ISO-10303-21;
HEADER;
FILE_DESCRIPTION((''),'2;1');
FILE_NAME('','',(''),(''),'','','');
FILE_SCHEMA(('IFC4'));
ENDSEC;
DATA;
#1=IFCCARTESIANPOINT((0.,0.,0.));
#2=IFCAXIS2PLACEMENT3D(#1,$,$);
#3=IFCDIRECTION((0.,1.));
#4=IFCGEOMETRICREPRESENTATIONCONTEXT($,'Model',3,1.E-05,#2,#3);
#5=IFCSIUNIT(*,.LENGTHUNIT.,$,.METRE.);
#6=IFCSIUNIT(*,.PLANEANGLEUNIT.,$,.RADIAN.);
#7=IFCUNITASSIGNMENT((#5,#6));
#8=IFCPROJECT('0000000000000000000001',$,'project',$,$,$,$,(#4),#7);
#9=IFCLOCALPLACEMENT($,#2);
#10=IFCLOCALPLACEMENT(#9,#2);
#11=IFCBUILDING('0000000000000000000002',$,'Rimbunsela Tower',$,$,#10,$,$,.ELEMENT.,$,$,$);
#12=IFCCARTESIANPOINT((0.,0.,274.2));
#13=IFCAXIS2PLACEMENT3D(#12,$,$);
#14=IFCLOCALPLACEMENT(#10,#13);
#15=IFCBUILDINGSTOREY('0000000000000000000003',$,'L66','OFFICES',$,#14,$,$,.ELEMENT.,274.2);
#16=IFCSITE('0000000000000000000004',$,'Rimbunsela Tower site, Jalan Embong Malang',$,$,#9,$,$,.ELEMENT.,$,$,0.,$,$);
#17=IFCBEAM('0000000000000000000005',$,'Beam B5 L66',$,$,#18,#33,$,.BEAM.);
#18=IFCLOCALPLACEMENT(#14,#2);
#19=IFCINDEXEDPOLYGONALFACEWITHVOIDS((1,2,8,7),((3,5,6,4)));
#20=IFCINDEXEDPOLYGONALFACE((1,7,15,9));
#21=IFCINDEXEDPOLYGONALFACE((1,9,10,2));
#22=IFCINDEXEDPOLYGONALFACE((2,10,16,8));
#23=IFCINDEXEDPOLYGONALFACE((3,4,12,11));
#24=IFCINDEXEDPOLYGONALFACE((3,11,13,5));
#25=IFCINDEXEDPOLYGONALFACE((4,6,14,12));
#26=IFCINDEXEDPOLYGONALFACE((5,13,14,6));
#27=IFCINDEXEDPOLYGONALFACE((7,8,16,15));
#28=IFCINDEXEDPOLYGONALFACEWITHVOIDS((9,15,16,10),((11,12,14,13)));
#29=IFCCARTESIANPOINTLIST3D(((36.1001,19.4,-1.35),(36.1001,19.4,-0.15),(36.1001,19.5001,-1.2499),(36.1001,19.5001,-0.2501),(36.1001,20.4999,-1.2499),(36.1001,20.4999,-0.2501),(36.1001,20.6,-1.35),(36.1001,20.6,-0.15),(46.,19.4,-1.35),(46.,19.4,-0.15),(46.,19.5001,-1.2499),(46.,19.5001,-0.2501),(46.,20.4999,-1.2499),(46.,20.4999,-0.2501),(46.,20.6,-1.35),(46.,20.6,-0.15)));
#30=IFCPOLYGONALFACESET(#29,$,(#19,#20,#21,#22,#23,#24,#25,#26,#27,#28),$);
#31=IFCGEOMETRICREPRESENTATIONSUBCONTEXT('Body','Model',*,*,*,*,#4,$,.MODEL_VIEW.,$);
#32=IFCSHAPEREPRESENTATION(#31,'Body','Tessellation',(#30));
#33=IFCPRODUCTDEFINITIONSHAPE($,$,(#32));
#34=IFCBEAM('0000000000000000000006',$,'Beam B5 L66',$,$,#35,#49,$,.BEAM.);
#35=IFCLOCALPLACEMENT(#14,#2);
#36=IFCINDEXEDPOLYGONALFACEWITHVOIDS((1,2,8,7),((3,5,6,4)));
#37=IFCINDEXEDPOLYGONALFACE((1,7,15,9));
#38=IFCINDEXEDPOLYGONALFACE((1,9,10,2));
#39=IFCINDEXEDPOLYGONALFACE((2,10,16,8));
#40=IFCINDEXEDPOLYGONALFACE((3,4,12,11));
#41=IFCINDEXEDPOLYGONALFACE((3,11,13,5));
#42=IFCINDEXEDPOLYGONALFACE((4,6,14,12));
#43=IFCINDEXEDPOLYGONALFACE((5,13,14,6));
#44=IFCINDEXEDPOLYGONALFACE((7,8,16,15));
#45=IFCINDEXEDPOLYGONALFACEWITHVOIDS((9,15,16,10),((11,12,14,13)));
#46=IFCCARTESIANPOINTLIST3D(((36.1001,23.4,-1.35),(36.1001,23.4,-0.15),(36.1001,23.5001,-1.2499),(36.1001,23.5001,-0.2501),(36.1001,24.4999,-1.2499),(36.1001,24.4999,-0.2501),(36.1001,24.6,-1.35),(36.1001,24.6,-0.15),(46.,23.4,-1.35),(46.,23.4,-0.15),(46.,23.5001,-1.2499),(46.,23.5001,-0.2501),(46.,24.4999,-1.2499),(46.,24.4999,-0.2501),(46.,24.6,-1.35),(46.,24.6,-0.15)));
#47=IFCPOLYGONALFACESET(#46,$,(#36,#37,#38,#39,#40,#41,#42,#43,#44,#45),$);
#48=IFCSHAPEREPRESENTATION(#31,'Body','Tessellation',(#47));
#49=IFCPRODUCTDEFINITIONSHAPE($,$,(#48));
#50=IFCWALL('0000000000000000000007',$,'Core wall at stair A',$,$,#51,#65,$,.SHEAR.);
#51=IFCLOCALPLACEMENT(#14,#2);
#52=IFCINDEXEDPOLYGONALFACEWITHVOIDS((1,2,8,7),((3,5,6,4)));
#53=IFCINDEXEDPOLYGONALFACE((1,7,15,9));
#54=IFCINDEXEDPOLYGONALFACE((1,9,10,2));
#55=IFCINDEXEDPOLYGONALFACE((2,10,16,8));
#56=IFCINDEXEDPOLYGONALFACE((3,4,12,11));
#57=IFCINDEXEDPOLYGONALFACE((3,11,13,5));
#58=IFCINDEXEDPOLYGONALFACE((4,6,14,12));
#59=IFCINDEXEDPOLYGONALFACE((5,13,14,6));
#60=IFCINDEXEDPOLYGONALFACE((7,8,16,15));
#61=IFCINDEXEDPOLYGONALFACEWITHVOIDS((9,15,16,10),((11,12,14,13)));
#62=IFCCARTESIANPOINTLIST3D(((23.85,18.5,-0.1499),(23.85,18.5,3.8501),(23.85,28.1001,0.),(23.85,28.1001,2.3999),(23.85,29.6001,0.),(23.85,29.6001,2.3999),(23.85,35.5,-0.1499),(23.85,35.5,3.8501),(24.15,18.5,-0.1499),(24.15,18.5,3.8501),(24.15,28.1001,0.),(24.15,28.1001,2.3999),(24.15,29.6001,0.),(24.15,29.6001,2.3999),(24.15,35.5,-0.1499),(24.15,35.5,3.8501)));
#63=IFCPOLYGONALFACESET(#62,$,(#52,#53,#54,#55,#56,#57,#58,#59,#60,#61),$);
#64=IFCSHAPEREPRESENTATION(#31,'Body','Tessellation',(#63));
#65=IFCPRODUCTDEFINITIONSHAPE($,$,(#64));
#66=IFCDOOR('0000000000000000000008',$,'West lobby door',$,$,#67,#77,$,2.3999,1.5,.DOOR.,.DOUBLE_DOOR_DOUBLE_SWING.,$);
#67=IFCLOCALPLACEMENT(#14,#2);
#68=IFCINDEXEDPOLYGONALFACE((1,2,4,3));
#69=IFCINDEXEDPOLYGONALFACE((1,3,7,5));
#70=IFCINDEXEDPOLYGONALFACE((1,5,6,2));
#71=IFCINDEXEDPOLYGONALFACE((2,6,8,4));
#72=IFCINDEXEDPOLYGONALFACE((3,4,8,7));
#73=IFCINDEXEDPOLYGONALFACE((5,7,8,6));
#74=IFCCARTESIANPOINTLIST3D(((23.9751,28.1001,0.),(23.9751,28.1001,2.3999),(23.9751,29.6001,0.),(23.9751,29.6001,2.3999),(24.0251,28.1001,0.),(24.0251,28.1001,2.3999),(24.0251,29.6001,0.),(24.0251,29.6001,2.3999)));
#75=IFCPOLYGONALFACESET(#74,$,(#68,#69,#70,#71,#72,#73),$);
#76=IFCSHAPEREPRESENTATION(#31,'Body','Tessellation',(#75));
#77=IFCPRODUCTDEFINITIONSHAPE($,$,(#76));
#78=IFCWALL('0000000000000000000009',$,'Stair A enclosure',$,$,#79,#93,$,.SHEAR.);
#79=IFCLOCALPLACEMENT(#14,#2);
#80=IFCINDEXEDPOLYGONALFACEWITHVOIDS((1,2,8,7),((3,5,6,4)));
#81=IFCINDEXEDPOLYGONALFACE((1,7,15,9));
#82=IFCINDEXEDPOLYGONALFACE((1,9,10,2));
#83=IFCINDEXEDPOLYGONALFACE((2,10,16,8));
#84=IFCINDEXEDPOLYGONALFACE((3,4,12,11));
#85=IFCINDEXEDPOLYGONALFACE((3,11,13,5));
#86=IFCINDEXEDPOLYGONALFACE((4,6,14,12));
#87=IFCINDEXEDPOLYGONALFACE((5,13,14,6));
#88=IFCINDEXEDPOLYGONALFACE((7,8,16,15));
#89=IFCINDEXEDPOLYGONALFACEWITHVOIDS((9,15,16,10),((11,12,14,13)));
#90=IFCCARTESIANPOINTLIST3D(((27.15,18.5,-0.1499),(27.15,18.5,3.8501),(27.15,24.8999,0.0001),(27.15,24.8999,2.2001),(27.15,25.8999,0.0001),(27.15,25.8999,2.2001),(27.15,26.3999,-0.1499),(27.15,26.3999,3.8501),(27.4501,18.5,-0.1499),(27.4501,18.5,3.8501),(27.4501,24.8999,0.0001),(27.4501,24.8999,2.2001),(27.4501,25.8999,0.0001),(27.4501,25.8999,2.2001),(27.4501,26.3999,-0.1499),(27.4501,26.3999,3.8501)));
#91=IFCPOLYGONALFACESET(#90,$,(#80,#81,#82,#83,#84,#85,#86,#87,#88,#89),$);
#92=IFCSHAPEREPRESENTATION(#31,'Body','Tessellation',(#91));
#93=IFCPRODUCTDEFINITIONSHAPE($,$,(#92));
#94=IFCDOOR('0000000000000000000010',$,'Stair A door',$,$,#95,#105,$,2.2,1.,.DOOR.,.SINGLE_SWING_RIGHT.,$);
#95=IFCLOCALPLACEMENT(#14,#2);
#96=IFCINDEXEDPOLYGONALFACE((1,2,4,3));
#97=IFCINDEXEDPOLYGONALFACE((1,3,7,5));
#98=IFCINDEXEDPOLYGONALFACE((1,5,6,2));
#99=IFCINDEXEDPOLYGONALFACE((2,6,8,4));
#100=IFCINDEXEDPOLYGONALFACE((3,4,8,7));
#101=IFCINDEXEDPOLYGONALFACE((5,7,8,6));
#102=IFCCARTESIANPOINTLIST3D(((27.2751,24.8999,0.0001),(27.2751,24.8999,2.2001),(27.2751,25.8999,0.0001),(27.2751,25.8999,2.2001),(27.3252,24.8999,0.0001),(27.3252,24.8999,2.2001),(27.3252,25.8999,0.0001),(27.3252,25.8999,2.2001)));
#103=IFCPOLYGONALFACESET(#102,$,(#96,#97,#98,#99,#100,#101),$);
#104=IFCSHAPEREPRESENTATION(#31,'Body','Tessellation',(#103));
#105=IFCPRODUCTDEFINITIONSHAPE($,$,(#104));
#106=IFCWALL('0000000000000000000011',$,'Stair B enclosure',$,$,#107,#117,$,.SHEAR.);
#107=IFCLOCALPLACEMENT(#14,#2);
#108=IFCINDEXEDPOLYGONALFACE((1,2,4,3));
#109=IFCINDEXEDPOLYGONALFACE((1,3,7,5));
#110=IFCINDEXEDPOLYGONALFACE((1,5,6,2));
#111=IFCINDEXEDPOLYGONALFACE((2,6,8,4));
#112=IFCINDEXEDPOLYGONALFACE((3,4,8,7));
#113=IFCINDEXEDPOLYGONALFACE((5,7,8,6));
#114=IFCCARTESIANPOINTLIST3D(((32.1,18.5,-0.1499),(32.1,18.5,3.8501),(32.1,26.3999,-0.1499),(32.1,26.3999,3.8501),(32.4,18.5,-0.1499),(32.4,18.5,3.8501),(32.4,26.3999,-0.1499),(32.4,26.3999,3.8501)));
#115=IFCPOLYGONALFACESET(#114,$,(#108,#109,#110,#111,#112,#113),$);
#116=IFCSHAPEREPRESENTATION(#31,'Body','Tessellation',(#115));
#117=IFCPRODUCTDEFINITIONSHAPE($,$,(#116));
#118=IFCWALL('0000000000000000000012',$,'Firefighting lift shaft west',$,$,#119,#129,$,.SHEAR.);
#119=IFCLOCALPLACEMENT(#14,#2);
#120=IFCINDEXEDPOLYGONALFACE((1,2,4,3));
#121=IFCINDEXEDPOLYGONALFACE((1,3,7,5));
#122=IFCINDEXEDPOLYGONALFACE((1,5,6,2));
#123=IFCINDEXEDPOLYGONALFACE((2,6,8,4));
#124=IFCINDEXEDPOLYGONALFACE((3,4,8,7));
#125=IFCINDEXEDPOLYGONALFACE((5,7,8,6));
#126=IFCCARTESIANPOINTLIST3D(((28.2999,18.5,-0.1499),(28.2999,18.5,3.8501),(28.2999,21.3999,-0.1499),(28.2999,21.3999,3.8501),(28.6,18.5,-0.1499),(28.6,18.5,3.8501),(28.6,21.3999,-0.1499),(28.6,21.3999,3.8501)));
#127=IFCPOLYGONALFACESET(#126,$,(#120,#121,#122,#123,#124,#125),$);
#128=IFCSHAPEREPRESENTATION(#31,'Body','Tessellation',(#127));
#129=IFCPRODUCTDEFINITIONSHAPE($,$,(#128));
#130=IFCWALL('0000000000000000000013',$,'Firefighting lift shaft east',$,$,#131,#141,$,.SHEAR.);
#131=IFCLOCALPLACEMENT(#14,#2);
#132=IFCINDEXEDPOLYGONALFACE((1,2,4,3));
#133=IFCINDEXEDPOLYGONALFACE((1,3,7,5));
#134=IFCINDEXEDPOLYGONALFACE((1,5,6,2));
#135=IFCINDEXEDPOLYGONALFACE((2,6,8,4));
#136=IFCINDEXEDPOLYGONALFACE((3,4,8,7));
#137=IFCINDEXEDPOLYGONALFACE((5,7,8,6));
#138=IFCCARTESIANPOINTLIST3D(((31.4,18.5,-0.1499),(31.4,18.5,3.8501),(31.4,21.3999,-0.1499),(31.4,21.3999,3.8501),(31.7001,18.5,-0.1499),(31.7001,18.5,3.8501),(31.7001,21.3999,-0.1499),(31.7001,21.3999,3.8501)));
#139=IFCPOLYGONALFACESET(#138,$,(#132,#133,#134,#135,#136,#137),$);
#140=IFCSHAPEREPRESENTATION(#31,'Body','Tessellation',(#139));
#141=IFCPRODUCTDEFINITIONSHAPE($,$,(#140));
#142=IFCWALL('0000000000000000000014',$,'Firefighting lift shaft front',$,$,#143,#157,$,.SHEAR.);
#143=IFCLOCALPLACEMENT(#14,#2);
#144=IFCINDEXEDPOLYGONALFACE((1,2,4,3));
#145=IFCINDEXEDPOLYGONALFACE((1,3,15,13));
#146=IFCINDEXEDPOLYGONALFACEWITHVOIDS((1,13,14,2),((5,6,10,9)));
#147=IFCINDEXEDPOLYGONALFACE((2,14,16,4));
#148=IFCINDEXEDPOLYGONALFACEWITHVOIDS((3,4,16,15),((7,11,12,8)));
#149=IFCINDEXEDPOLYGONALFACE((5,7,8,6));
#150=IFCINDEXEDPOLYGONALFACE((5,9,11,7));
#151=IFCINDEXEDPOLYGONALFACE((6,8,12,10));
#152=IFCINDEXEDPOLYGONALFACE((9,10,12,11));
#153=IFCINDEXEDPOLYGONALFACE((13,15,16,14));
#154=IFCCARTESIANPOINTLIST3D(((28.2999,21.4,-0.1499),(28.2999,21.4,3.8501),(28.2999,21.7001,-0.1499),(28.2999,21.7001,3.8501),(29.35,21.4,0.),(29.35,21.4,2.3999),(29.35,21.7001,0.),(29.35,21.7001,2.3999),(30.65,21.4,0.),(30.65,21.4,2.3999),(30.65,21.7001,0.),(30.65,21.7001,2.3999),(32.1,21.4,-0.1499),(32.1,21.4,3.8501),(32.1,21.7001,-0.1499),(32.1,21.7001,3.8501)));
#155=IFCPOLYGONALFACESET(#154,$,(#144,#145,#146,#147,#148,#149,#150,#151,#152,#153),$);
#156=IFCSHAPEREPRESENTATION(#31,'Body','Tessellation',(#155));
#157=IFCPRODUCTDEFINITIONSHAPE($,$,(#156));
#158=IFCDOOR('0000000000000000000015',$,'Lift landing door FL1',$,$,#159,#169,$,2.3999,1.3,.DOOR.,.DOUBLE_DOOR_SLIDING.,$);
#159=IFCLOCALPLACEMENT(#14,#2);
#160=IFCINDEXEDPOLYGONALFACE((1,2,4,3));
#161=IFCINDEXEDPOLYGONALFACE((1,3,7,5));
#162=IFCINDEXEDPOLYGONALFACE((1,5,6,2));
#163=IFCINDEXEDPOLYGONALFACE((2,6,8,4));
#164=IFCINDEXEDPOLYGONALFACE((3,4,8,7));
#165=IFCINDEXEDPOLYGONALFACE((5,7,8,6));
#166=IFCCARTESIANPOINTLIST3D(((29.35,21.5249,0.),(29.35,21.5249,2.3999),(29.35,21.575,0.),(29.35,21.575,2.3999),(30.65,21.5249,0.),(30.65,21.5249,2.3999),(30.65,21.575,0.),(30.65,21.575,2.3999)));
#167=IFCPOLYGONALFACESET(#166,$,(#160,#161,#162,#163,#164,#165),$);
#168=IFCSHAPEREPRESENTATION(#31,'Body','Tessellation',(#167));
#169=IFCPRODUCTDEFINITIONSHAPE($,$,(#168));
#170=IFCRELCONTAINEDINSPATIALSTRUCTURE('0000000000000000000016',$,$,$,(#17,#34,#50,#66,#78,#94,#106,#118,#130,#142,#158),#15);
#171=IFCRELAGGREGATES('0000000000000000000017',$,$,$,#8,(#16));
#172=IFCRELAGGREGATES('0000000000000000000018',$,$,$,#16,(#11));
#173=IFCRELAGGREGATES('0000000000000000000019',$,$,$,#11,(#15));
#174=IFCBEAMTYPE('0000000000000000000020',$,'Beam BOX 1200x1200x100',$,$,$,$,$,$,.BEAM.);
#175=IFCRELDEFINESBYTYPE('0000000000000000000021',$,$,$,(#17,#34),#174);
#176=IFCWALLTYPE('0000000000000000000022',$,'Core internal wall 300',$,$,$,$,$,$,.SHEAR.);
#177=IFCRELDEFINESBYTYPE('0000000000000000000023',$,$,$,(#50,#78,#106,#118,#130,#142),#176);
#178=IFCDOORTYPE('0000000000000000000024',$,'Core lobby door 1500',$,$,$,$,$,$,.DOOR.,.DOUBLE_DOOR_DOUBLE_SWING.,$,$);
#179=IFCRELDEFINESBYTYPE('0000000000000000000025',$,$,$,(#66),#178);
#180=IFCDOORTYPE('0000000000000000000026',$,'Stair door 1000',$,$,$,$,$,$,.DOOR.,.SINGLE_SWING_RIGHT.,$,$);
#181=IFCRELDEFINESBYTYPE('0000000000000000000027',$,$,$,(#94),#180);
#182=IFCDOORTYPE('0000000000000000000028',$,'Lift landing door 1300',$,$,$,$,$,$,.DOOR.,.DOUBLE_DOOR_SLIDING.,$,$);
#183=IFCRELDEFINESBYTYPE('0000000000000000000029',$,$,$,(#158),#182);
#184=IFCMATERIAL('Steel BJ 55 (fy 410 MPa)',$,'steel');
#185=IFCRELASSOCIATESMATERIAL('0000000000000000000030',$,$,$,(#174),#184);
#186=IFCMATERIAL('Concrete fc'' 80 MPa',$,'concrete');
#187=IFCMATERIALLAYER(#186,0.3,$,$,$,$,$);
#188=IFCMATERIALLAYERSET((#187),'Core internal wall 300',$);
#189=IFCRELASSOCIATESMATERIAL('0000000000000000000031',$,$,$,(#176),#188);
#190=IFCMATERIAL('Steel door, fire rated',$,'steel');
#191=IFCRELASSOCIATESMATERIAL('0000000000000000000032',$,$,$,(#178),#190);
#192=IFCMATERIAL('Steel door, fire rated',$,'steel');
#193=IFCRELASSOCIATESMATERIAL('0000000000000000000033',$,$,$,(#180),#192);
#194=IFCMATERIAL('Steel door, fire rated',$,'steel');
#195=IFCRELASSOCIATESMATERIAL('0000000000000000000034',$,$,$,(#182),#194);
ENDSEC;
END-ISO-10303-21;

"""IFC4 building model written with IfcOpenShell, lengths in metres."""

from ifc_helpers import new_model, si_unit, direction, frame, frame_2d, origin, origin_2d, place, context, subcontext, project, spatial, rectangle, hollow_rectangle, extrude, material, layer, layer_set, material_profile, profile_set, type_object, element, fill, save


model = new_model("IFC4")

# Units and contexts
model_context = context("Model", 3, precision=1e-05, world=origin(), true_north=direction((0.0, 1.0)))
body_context = subcontext(model_context, "Body", "Model", "MODEL_VIEW")
ifc_project = project(units=[si_unit("LENGTHUNIT", "METRE"), si_unit("PLANEANGLEUNIT", "RADIAN")], contexts=[model_context])

# Site, building, storey
site_placement = place(None, origin())
site = spatial("IfcSite", under=ifc_project, at=site_placement, Name="Rimbunsela Tower site, Jalan Embong Malang", CompositionType="ELEMENT", RefElevation=0.0)
building_placement = place(site_placement, origin())
building = spatial("IfcBuilding", under=site, at=building_placement, Name="Rimbunsela Tower", CompositionType="ELEMENT")
storey_placement = place(building_placement, frame((0.0, 0.0, 274.2)))
storey = spatial("IfcBuildingStorey", under=building, at=storey_placement, Name="L66", Description="OFFICES", CompositionType="ELEMENT", Elevation=274.2)

# Beams
ifc_material_1 = material(Name="Steel BJ 55 (fy 410 MPa)", Category="steel")
ifc_material_profile = material_profile(ifc_material_1, hollow_rectangle(XDim=1.2, YDim=1.2, WallThickness=0.1001, at=origin_2d()), Name="BOX 1200x1200x100")
ifc_profile_set = profile_set([ifc_material_profile], Name="Steel BJ 55 (fy 410 MPa)")
beam_type = type_object("IfcBeamType", Name="Beam BOX 1200x1200x100", PredefinedType="BEAM", material=ifc_profile_set)
for number, where, z_axis, x_axis, name in (
    (1, (36.1001, 20.0, -0.75), (1.0, 0.0, 0.0), (0.0, 1.0, 0.0), "Beam B5 L66"),
    (2, (36.1001, 24.0, -0.75), (1.0, 0.0, 0.0), (0.0, 1.0, 0.0), "Beam B5 L66"),
):
    element("IfcBeam", number, at=place(storey_placement, frame(where, z_axis=z_axis, x_axis=x_axis)), inside=storey, type_object=beam_type, Name=name, PredefinedType="BEAM", context=body_context, shape_type="SweptSolid", body=[
        extrude(hollow_rectangle(XDim=1.2, YDim=1.2, WallThickness=0.1001, at=origin_2d()), origin(), (0.0, 0.0, 1.0), 9.8999),
    ])

# Walls, openings, doors
ifc_material_2 = material(Name="Concrete fc' 80 MPa", Category="concrete")
ifc_layer_1 = layer(ifc_material_2, 0.3)
ifc_layer_set_1 = layer_set([ifc_layer_1], Name="Core internal wall 300")
wall_type_1 = type_object("IfcWallType", Name="Core internal wall 300", PredefinedType="SHEAR", material=ifc_layer_set_1)
wall_1_placement = place(storey_placement, frame((24.0, 18.5, -0.1499), z_axis=(0.0, 0.0, 1.0), x_axis=(0.0, 1.0, 0.0)))
wall_1 = element("IfcWall", 3, at=wall_1_placement, inside=storey, type_object=wall_type_1, Name="Core wall at stair A", PredefinedType="SHEAR", context=body_context, shape_type="SweptSolid", body=[
    extrude(rectangle(XDim=17.0, YDim=0.3, at=frame_2d((8.5, 0.0))), origin(), (0.0, 0.0, 1.0), 4.0),
])
opening_1_placement = place(wall_1_placement, frame((9.6001, 0.0, 0.1499)))
opening_1 = element("IfcOpeningElement", 4, at=opening_1_placement, cuts=wall_1, PredefinedType="OPENING", context=body_context, shape_type="SweptSolid", body=[
    extrude(rectangle(XDim=1.5, YDim=2.3999, at=frame_2d((0.75, 1.2))), frame((0.0, 0.1599, 0.0), z_axis=(0.0, -1.0, 0.0), x_axis=(1.0, 0.0, 0.0)), (0.0, 0.0, 1.0), 0.3201),
])
ifc_material_3 = material(Name="Steel door, fire rated", Category="steel")
door_type_1 = type_object("IfcDoorType", Name="Core lobby door 1500", OperationType="DOUBLE_DOOR_DOUBLE_SWING", PredefinedType="DOOR", material=ifc_material_3)
door_1_placement = place(opening_1_placement, origin())
door_1 = element("IfcDoor", 5, at=door_1_placement, inside=storey, type_object=door_type_1, Name="West lobby door", OperationType="DOUBLE_DOOR_DOUBLE_SWING", OverallHeight=2.3999, OverallWidth=1.5, PredefinedType="DOOR", context=body_context, shape_type="SweptSolid", body=[
    extrude(rectangle(XDim=1.5, YDim=2.3999, at=frame_2d((0.75, 1.2))), frame((0.0, 0.0249, 0.0), z_axis=(0.0, -1.0, 0.0), x_axis=(1.0, 0.0, 0.0)), (0.0, 0.0, 1.0), 0.05),
])
fill(opening_1, door_1)
wall_2_placement = place(storey_placement, frame((27.3, 18.5, -0.1499), z_axis=(0.0, 0.0, 1.0), x_axis=(0.0, 1.0, 0.0)))
wall_2 = element("IfcWall", 6, at=wall_2_placement, inside=storey, type_object=wall_type_1, Name="Stair A enclosure", PredefinedType="SHEAR", context=body_context, shape_type="SweptSolid", body=[
    extrude(rectangle(XDim=7.8999, YDim=0.3, at=frame_2d((3.95, 0.0))), origin(), (0.0, 0.0, 1.0), 4.0),
])
opening_2_placement = place(wall_2_placement, frame((6.3999, 0.0, 0.1499)))
opening_2 = element("IfcOpeningElement", 7, at=opening_2_placement, cuts=wall_2, PredefinedType="OPENING", context=body_context, shape_type="SweptSolid", body=[
    extrude(rectangle(XDim=1.0, YDim=2.2, at=frame_2d((0.5, 1.1001))), frame((0.0, 0.1599, 0.0), z_axis=(0.0, -1.0, 0.0), x_axis=(1.0, 0.0, 0.0)), (0.0, 0.0, 1.0), 0.3201),
])
ifc_material_4 = material(Name="Steel door, fire rated", Category="steel")
door_type_2 = type_object("IfcDoorType", Name="Stair door 1000", OperationType="SINGLE_SWING_RIGHT", PredefinedType="DOOR", material=ifc_material_4)
door_2_placement = place(opening_2_placement, origin())
door_2 = element("IfcDoor", 8, at=door_2_placement, inside=storey, type_object=door_type_2, Name="Stair A door", OperationType="SINGLE_SWING_RIGHT", OverallHeight=2.2, OverallWidth=1.0, PredefinedType="DOOR", context=body_context, shape_type="SweptSolid", body=[
    extrude(rectangle(XDim=1.0, YDim=2.2, at=frame_2d((0.5, 1.1001))), frame((0.0, 0.0249, 0.0), z_axis=(0.0, -1.0, 0.0), x_axis=(1.0, 0.0, 0.0)), (0.0, 0.0, 1.0), 0.05),
])
fill(opening_2, door_2)

# Walls
wall_3_placement = place(storey_placement, frame((32.25, 18.5, -0.1499), z_axis=(0.0, 0.0, 1.0), x_axis=(0.0, 1.0, 0.0)))
element("IfcWall", 9, at=wall_3_placement, inside=storey, type_object=wall_type_1, Name="Stair B enclosure", PredefinedType="SHEAR", context=body_context, shape_type="SweptSolid", body=[
    extrude(rectangle(XDim=7.8999, YDim=0.3, at=frame_2d((3.95, 0.0))), origin(), (0.0, 0.0, 1.0), 4.0),
])
for number, where, z_axis, x_axis, name in (
    (10, (28.45, 18.5, -0.1499), (0.0, 0.0, 1.0), (0.0, 1.0, 0.0), "Firefighting lift shaft west"),
    (11, (31.55, 18.5, -0.1499), (0.0, 0.0, 1.0), (0.0, 1.0, 0.0), "Firefighting lift shaft east"),
):
    element("IfcWall", number, at=place(storey_placement, frame(where, z_axis=z_axis, x_axis=x_axis)), inside=storey, type_object=wall_type_1, Name=name, PredefinedType="SHEAR", context=body_context, shape_type="SweptSolid", body=[
        extrude(rectangle(XDim=2.8999, YDim=0.3, at=frame_2d((1.45, 0.0))), origin(), (0.0, 0.0, 1.0), 4.0),
    ])

# Wall, opening, door
wall_4_placement = place(storey_placement, frame((28.3, 21.55, -0.1499), z_axis=(0.0, 0.0, 1.0), x_axis=(1.0, 0.0, 0.0)))
wall_4 = element("IfcWall", 12, at=wall_4_placement, inside=storey, type_object=wall_type_1, Name="Firefighting lift shaft front", PredefinedType="SHEAR", context=body_context, shape_type="SweptSolid", body=[
    extrude(rectangle(XDim=3.8, YDim=0.3, at=frame_2d((1.8999, 0.0))), origin(), (0.0, 0.0, 1.0), 4.0),
])
opening_3_placement = place(wall_4_placement, frame((1.05, 0.0, 0.1499)))
opening_3 = element("IfcOpeningElement", 13, at=opening_3_placement, cuts=wall_4, PredefinedType="OPENING", context=body_context, shape_type="SweptSolid", body=[
    extrude(rectangle(XDim=1.3, YDim=2.3999, at=frame_2d((0.6499, 1.2))), frame((0.0, 0.1599, 0.0), z_axis=(0.0, -1.0, 0.0), x_axis=(1.0, 0.0, 0.0)), (0.0, 0.0, 1.0), 0.3201),
])
ifc_material_5 = material(Name="Steel door, fire rated", Category="steel")
door_type_3 = type_object("IfcDoorType", Name="Lift landing door 1300", OperationType="DOUBLE_DOOR_SLIDING", PredefinedType="DOOR", material=ifc_material_5)
door_3_placement = place(opening_3_placement, origin())
door_3 = element("IfcDoor", 14, at=door_3_placement, inside=storey, type_object=door_type_3, Name="Lift landing door FL1", OperationType="DOUBLE_DOOR_SLIDING", OverallHeight=2.3999, OverallWidth=1.3, PredefinedType="DOOR", context=body_context, shape_type="SweptSolid", body=[
    extrude(rectangle(XDim=1.3, YDim=2.3999, at=frame_2d((0.6499, 1.2))), frame((0.0, 0.0249, 0.0), z_axis=(0.0, -1.0, 0.0), x_axis=(1.0, 0.0, 0.0)), (0.0, 0.0, 1.0), 0.05),
])
fill(opening_3, door_3)

save(model, "model.ifc")
